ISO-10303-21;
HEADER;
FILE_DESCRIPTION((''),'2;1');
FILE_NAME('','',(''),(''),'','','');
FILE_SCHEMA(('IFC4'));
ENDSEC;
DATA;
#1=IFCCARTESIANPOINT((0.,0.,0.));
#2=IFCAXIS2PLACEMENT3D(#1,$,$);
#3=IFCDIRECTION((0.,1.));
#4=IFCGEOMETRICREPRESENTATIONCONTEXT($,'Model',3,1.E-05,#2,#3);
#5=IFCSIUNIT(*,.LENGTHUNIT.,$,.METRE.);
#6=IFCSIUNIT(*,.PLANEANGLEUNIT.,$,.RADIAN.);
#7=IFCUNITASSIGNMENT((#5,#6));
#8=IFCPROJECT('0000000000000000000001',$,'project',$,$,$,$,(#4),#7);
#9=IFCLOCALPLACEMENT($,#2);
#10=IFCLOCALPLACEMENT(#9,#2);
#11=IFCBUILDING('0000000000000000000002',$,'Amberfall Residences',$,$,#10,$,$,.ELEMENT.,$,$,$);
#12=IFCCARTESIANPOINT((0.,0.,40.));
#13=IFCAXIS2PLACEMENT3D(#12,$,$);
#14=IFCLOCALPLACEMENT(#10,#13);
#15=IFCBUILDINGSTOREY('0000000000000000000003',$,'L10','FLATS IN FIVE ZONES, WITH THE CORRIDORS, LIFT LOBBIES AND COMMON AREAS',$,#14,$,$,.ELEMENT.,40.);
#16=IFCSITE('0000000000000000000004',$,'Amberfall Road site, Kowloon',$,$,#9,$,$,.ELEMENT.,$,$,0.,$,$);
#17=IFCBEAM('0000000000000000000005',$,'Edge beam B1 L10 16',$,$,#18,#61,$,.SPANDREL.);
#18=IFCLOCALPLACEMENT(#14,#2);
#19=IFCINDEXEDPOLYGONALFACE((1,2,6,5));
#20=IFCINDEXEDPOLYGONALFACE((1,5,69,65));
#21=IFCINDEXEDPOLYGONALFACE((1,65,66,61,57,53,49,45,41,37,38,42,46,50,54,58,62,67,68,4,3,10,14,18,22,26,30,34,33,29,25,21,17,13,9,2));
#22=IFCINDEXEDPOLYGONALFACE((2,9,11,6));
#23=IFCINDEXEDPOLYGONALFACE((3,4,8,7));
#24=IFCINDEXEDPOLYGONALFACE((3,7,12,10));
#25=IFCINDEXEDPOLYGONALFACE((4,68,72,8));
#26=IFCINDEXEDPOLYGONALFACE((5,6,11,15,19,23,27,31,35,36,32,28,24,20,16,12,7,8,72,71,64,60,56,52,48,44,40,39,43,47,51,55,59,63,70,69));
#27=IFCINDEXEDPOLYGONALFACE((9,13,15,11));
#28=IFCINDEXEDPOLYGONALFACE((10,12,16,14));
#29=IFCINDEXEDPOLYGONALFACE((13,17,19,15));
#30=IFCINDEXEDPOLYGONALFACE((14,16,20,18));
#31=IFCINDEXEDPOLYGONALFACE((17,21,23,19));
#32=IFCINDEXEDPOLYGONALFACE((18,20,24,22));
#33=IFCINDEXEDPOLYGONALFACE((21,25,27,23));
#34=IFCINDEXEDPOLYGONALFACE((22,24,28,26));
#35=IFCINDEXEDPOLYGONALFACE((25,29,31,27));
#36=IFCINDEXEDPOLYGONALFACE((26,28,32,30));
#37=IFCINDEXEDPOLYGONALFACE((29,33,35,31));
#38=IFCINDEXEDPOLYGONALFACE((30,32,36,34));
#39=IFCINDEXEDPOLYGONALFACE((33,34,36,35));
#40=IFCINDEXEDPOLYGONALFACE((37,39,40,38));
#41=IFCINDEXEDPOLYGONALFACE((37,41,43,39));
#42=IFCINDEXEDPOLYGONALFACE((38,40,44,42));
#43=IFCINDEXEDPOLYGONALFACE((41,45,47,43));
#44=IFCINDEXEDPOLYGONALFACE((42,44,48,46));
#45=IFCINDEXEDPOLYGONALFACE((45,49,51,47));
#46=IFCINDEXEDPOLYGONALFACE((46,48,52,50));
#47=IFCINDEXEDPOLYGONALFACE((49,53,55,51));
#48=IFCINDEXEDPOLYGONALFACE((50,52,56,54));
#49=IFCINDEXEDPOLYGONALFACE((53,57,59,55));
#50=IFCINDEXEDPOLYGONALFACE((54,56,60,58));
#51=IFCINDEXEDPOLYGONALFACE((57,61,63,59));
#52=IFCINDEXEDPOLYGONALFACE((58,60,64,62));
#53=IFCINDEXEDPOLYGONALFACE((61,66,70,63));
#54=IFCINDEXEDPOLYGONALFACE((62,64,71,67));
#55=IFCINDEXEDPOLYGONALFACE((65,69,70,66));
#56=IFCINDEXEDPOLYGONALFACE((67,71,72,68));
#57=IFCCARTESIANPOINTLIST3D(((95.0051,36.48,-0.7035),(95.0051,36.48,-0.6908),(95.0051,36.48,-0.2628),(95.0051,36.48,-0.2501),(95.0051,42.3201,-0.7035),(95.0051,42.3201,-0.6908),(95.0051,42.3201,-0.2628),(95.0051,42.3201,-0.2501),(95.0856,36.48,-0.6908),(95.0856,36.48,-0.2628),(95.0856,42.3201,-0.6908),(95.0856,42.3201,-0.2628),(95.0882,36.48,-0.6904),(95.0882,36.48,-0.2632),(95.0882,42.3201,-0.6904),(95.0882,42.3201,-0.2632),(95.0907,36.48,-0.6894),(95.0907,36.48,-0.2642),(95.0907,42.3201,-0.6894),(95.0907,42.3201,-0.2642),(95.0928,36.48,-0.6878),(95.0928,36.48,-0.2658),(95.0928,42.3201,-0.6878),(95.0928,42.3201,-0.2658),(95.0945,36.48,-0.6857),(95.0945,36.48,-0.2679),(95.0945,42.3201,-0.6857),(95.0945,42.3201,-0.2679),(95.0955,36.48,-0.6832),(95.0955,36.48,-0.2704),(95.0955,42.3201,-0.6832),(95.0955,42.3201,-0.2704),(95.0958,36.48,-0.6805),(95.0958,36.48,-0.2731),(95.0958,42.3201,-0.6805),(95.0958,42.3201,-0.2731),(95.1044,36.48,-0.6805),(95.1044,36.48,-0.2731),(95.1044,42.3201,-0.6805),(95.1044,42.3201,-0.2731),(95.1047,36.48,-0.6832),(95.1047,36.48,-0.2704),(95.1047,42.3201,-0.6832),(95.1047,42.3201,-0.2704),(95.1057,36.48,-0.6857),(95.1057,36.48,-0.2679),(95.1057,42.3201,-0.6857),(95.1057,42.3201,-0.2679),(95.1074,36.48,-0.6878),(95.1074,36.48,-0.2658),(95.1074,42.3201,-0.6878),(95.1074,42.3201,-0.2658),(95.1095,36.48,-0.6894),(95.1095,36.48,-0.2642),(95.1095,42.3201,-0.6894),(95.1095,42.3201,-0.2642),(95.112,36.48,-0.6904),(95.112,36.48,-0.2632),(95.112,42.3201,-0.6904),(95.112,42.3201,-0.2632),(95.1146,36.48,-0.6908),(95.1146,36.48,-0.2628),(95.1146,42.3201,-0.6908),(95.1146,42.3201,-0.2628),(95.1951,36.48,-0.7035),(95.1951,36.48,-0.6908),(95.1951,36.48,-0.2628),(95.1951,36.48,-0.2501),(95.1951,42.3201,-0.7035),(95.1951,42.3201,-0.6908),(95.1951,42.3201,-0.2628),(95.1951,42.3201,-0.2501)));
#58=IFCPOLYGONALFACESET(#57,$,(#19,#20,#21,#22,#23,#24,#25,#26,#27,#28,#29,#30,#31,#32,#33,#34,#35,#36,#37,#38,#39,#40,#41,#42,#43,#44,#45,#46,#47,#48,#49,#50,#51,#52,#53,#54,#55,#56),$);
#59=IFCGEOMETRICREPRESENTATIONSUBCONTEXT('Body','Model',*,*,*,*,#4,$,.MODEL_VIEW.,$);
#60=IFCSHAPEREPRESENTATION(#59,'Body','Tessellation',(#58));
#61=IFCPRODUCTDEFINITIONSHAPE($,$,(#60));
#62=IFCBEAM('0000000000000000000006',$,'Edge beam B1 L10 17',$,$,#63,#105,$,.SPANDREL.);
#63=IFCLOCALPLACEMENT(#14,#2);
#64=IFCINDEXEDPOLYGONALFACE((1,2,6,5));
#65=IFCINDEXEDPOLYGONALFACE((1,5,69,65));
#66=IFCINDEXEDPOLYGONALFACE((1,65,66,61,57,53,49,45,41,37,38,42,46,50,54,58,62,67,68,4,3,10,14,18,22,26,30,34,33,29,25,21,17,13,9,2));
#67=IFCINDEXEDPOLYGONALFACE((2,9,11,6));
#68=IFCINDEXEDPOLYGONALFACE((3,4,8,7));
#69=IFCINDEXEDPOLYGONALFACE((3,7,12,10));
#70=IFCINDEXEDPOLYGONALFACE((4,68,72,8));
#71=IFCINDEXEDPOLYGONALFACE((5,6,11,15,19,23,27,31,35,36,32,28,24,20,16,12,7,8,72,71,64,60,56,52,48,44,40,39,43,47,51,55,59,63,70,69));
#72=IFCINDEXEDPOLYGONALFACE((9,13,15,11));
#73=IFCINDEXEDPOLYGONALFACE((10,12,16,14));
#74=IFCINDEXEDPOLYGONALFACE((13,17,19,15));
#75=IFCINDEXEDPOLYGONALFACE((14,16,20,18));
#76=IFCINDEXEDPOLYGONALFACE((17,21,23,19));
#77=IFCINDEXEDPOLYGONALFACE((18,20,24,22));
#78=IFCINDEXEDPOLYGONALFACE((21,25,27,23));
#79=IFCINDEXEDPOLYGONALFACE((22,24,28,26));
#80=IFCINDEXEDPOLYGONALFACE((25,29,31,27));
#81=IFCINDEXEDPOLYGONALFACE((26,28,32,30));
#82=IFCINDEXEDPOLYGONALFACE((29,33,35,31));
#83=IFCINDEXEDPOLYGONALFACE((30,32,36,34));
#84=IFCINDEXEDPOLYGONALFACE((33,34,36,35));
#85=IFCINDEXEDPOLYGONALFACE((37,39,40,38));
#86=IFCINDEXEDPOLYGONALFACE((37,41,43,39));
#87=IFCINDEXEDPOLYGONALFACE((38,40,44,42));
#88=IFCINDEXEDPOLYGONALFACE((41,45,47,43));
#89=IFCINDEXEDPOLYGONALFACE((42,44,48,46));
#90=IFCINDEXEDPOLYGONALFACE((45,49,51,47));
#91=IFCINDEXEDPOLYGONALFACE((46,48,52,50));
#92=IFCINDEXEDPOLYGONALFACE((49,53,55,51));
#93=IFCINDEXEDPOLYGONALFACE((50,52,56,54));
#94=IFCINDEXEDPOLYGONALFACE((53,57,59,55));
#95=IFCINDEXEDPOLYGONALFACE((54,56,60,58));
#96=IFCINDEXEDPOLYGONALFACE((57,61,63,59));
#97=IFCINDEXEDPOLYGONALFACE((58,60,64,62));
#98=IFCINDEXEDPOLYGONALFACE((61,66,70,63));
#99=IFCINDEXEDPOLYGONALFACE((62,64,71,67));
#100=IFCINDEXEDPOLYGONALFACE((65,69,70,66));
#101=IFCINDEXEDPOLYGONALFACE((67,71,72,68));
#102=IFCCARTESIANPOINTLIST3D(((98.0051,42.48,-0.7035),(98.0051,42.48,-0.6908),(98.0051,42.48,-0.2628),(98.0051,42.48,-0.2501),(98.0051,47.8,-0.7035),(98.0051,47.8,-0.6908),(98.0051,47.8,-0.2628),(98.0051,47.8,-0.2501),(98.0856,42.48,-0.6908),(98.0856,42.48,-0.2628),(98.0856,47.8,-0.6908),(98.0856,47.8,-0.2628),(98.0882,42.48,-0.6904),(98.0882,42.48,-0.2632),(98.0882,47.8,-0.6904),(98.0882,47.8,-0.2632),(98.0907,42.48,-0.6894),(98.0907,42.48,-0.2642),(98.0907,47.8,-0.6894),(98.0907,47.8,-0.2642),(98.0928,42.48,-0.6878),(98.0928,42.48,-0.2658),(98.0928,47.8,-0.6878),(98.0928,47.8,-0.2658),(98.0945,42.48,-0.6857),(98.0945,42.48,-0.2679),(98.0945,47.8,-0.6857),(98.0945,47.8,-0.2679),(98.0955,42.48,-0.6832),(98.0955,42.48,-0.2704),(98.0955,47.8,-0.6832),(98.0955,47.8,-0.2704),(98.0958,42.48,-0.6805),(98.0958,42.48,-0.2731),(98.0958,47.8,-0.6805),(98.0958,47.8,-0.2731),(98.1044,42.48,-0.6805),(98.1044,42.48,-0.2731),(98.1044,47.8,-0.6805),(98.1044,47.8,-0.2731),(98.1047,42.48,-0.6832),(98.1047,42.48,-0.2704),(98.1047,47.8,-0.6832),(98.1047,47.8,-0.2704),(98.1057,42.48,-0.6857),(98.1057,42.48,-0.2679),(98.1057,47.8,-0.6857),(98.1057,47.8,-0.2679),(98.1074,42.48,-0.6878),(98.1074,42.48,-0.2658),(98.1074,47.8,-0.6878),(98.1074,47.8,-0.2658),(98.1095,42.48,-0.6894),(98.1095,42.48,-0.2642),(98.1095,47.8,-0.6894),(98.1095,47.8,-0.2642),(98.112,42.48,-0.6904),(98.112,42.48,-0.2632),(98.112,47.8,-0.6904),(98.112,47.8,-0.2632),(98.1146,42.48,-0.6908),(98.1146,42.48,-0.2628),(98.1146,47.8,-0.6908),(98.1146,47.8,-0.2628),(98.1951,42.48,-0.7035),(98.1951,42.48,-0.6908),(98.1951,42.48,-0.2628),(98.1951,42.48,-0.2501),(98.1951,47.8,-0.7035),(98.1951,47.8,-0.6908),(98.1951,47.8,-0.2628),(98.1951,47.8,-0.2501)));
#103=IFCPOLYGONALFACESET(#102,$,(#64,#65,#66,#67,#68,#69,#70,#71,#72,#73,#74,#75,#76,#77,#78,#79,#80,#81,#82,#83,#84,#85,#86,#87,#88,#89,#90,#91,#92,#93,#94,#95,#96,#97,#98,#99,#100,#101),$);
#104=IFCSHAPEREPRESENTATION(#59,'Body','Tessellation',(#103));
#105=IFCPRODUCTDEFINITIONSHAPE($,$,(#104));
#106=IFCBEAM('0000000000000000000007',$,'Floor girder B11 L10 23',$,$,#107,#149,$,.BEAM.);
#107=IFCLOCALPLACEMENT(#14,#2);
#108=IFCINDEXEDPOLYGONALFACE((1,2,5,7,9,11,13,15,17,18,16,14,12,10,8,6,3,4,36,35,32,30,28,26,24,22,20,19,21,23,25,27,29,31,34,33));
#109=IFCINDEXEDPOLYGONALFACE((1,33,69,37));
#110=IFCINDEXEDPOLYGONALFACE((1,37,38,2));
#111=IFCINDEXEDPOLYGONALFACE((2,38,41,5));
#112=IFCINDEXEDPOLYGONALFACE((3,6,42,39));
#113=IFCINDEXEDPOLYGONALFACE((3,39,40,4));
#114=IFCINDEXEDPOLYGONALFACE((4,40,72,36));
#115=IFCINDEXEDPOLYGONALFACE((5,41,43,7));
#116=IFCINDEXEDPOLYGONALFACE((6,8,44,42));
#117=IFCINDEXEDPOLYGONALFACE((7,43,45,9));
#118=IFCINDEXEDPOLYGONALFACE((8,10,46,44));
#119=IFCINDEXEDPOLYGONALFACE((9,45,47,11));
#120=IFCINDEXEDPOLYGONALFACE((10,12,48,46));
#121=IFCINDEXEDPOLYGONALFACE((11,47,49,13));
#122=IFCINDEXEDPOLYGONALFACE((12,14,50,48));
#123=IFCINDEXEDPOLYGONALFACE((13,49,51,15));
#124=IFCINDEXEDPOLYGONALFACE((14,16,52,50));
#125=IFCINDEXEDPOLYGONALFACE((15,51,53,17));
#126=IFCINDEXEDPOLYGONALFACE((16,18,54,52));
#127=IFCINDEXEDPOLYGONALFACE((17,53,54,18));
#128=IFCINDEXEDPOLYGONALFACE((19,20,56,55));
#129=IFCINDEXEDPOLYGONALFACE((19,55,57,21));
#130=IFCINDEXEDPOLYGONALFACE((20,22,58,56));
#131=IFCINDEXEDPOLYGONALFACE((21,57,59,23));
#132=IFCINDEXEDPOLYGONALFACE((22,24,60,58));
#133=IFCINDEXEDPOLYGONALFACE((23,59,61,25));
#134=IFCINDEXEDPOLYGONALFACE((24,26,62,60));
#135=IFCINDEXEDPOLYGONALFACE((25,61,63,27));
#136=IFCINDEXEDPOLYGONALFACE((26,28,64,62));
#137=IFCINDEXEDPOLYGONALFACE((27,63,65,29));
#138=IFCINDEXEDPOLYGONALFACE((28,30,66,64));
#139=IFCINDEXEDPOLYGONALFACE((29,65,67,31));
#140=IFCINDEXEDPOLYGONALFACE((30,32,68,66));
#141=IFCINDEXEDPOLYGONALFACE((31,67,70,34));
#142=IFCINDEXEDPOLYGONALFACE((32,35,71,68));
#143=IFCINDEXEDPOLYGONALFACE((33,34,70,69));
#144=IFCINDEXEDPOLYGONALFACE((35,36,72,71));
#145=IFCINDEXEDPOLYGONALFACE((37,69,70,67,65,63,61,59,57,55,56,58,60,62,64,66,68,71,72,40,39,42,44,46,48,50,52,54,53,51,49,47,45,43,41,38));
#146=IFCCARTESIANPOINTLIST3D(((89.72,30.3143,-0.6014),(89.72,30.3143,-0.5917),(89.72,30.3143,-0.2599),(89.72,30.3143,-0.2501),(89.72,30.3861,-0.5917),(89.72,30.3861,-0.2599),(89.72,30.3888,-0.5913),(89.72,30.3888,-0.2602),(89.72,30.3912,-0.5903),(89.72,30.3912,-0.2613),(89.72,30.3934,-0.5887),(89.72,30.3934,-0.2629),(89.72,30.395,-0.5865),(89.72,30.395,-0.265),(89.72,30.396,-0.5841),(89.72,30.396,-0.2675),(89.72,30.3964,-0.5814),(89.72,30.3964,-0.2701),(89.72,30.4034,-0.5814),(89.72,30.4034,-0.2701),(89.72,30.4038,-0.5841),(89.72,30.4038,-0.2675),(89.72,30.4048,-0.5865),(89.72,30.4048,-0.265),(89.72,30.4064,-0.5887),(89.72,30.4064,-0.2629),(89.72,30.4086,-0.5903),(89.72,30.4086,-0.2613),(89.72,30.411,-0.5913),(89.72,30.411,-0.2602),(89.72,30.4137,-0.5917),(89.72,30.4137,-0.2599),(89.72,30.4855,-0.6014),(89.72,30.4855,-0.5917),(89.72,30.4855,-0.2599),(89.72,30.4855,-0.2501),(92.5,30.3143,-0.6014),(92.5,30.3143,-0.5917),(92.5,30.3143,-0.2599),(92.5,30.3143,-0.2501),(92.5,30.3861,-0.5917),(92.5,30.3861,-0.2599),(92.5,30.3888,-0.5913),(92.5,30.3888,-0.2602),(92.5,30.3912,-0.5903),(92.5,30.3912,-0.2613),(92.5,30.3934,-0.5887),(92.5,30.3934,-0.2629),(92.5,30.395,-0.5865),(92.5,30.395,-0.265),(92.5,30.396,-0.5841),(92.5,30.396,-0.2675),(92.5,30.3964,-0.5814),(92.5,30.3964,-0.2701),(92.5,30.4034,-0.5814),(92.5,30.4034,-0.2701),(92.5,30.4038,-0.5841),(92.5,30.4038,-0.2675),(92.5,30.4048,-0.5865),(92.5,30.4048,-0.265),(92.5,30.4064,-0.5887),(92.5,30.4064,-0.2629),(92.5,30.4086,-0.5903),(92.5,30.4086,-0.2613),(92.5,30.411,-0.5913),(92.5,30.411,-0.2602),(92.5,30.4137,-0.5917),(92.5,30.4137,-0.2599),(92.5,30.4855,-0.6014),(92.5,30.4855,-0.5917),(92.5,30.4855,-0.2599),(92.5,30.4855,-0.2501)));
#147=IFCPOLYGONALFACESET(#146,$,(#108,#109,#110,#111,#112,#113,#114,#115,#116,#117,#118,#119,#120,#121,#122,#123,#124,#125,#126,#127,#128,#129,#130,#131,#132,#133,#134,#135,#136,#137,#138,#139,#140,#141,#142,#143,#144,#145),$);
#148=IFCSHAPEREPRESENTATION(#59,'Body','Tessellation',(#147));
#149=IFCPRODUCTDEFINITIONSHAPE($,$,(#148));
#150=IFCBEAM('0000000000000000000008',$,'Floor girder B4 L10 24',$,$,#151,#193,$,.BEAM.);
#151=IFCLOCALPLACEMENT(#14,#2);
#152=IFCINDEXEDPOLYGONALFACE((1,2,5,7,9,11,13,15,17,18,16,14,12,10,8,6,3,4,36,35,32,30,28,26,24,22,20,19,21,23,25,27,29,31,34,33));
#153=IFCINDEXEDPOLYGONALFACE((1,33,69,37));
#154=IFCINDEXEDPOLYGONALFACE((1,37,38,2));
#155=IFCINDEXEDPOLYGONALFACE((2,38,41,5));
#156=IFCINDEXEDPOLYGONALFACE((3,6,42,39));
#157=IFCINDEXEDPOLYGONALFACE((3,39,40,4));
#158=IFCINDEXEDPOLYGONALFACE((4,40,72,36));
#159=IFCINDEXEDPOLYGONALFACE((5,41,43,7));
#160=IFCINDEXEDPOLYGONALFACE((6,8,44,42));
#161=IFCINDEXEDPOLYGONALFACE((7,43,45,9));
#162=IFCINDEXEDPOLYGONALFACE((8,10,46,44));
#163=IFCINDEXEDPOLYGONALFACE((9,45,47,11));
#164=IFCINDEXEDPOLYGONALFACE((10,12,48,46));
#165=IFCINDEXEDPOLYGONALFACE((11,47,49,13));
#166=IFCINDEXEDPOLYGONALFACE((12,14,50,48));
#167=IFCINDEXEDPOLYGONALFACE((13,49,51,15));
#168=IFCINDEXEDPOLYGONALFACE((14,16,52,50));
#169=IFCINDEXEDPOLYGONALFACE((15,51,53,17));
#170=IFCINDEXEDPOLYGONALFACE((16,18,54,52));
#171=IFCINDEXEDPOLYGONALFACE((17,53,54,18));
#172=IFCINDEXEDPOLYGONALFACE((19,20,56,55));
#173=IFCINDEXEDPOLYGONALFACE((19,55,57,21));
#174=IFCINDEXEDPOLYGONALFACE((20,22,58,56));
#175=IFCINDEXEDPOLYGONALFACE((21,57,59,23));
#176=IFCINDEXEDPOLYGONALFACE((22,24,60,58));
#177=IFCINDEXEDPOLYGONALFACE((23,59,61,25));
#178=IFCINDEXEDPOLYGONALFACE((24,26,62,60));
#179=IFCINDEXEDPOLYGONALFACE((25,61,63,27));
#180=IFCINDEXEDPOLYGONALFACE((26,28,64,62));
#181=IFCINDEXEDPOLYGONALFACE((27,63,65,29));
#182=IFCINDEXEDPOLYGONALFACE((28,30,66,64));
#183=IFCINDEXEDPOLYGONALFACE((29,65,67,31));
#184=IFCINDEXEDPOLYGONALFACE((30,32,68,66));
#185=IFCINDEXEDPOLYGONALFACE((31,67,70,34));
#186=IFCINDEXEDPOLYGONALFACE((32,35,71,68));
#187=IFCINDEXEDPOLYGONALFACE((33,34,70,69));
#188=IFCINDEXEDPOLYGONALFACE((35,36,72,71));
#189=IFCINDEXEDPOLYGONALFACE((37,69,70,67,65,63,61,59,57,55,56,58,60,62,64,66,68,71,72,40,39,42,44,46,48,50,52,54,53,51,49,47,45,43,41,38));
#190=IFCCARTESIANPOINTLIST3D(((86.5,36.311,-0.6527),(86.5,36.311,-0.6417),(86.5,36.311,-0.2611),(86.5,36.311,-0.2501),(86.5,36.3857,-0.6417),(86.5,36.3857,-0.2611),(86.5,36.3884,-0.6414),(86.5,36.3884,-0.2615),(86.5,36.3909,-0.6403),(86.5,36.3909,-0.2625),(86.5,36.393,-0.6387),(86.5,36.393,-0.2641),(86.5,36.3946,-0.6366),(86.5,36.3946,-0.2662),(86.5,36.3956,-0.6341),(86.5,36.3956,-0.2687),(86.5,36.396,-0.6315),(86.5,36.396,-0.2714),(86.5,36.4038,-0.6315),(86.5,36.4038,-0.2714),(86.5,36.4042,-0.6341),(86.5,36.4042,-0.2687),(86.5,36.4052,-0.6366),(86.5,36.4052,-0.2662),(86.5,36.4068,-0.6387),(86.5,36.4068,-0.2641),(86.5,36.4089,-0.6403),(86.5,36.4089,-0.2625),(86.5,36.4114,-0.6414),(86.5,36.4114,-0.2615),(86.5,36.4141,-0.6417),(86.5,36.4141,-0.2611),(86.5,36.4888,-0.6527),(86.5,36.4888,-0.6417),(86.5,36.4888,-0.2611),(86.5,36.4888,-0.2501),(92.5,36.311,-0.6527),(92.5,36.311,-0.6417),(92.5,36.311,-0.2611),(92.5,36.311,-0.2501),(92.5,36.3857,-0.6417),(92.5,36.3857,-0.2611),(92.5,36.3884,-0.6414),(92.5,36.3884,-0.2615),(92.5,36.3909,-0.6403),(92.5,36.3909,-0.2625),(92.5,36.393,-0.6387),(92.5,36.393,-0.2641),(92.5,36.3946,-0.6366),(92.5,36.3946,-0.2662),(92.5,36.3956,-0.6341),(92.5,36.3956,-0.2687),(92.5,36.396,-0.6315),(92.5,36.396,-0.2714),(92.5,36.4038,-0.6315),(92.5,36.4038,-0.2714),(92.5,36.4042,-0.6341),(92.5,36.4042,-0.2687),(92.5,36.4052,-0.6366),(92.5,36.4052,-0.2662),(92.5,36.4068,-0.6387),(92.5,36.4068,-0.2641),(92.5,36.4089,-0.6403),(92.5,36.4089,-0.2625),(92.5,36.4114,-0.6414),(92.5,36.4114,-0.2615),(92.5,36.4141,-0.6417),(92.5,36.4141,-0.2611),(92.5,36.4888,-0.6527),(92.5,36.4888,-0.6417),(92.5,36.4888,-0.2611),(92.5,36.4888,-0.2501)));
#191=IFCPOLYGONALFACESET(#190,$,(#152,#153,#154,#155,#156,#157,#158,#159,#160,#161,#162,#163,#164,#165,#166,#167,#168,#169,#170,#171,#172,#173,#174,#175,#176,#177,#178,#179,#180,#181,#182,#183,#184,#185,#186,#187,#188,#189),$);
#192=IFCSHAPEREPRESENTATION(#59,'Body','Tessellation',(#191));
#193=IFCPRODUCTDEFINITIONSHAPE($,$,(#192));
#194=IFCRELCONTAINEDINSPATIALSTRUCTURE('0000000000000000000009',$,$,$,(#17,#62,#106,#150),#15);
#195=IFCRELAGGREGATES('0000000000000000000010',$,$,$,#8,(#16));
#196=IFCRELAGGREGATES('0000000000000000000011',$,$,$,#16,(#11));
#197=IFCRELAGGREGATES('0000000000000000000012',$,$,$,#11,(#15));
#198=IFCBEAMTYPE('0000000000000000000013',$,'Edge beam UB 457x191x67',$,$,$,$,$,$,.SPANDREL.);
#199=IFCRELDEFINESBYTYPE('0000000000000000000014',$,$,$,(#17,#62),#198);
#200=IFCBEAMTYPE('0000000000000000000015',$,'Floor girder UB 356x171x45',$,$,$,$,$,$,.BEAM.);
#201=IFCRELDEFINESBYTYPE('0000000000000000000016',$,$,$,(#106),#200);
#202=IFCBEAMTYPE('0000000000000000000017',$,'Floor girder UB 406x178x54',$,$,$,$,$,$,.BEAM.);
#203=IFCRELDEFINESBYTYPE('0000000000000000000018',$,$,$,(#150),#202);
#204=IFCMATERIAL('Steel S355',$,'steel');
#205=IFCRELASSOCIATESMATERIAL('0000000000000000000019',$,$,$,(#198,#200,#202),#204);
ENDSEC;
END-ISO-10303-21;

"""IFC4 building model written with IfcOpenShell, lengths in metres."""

from ifc_helpers import new_model, si_unit, direction, frame, origin, origin_2d, place, context, subcontext, project, spatial, i_section, extrude, material, material_profile, profile_set, type_object, element, save


model = new_model("IFC4")

# Units and contexts
model_context = context("Model", 3, precision=1e-05, world=origin(), true_north=direction((0.0, 1.0)))
body_context = subcontext(model_context, "Body", "Model", "MODEL_VIEW")
ifc_project = project(units=[si_unit("LENGTHUNIT", "METRE"), si_unit("PLANEANGLEUNIT", "RADIAN")], contexts=[model_context])

# Site, building, storey
site_placement = place(None, origin())
site = spatial("IfcSite", under=ifc_project, at=site_placement, Name="Amberfall Road site, Kowloon", CompositionType="ELEMENT", RefElevation=0.0)
building_placement = place(site_placement, origin())
building = spatial("IfcBuilding", under=site, at=building_placement, Name="Amberfall Residences", CompositionType="ELEMENT")
storey_placement = place(building_placement, frame((0.0, 0.0, 40.0)))
storey = spatial("IfcBuildingStorey", under=building, at=storey_placement, Name="L10", Description="FLATS IN FIVE ZONES, WITH THE CORRIDORS, LIFT LOBBIES AND COMMON AREAS", CompositionType="ELEMENT", Elevation=40.0)

# Beams
ifc_material_1 = material(Name="Steel S355", Category="steel")
ifc_material_profile_1 = material_profile(ifc_material_1, i_section(OverallWidth=0.1899, OverallDepth=0.4534, WebThickness=0.0085, FlangeThickness=0.0127, FilletRadius=0.0103, at=origin_2d()), Name="UB 457x191x67")
ifc_profile_set_1 = profile_set([ifc_material_profile_1], Name="Steel S355")
beam_type_1 = type_object("IfcBeamType", Name="Edge beam UB 457x191x67", PredefinedType="SPANDREL", material=ifc_profile_set_1)
beam_1_placement = place(storey_placement, frame((95.1001, 36.48, -0.4768), z_axis=(0.0, 1.0, 0.0), x_axis=(-1.0, 0.0, 0.0)))
element("IfcBeam", 1, at=beam_1_placement, inside=storey, type_object=beam_type_1, Name="Edge beam B1 L10 16", PredefinedType="SPANDREL", context=body_context, shape_type="SweptSolid", body=[
    extrude(i_section(OverallWidth=0.1899, OverallDepth=0.4534, WebThickness=0.0085, FlangeThickness=0.0127, FilletRadius=0.0103, at=origin_2d()), origin(), (0.0, 0.0, 1.0), 5.8401),
])
beam_2_placement = place(storey_placement, frame((98.1001, 42.48, -0.4768), z_axis=(0.0, 1.0, 0.0), x_axis=(-1.0, 0.0, 0.0)))
element("IfcBeam", 2, at=beam_2_placement, inside=storey, type_object=beam_type_1, Name="Edge beam B1 L10 17", PredefinedType="SPANDREL", context=body_context, shape_type="SweptSolid", body=[
    extrude(i_section(OverallWidth=0.1899, OverallDepth=0.4534, WebThickness=0.0085, FlangeThickness=0.0127, FilletRadius=0.0103, at=origin_2d()), origin(), (0.0, 0.0, 1.0), 5.3201),
])
ifc_material_profile_2 = material_profile(ifc_material_1, i_section(OverallWidth=0.1711, OverallDepth=0.3513, WebThickness=0.0071, FlangeThickness=0.0098, FilletRadius=0.0103, at=origin_2d()), Name="UB 356x171x45")
ifc_profile_set_2 = profile_set([ifc_material_profile_2], Name="Steel S355")
beam_type_2 = type_object("IfcBeamType", Name="Floor girder UB 356x171x45", PredefinedType="BEAM", material=ifc_profile_set_2)
beam_3_placement = place(storey_placement, frame((92.5, 30.3999, -0.4258), z_axis=(-1.0, 0.0, 0.0), x_axis=(0.0, -1.0, 0.0)))
element("IfcBeam", 3, at=beam_3_placement, inside=storey, type_object=beam_type_2, Name="Floor girder B11 L10 23", PredefinedType="BEAM", context=body_context, shape_type="SweptSolid", body=[
    extrude(i_section(OverallWidth=0.1711, OverallDepth=0.3513, WebThickness=0.0071, FlangeThickness=0.0098, FilletRadius=0.0103, at=origin_2d()), origin(), (0.0, 0.0, 1.0), 2.78),
])
ifc_material_profile_3 = material_profile(ifc_material_1, i_section(OverallWidth=0.1777, OverallDepth=0.4026, WebThickness=0.0078, FlangeThickness=0.011, FilletRadius=0.0103, at=origin_2d()), Name="UB 406x178x54")
ifc_profile_set_3 = profile_set([ifc_material_profile_3], Name="Steel S355")
beam_type_3 = type_object("IfcBeamType", Name="Floor girder UB 406x178x54", PredefinedType="BEAM", material=ifc_profile_set_3)
beam_4_placement = place(storey_placement, frame((92.5, 36.3999, -0.4514), z_axis=(-1.0, 0.0, 0.0), x_axis=(0.0, -1.0, 0.0)))
element("IfcBeam", 4, at=beam_4_placement, inside=storey, type_object=beam_type_3, Name="Floor girder B4 L10 24", PredefinedType="BEAM", context=body_context, shape_type="SweptSolid", body=[
    extrude(i_section(OverallWidth=0.1777, OverallDepth=0.4026, WebThickness=0.0078, FlangeThickness=0.011, FilletRadius=0.0103, at=origin_2d()), origin(), (0.0, 0.0, 1.0), 6.0),
])

save(model, "model.ifc")
